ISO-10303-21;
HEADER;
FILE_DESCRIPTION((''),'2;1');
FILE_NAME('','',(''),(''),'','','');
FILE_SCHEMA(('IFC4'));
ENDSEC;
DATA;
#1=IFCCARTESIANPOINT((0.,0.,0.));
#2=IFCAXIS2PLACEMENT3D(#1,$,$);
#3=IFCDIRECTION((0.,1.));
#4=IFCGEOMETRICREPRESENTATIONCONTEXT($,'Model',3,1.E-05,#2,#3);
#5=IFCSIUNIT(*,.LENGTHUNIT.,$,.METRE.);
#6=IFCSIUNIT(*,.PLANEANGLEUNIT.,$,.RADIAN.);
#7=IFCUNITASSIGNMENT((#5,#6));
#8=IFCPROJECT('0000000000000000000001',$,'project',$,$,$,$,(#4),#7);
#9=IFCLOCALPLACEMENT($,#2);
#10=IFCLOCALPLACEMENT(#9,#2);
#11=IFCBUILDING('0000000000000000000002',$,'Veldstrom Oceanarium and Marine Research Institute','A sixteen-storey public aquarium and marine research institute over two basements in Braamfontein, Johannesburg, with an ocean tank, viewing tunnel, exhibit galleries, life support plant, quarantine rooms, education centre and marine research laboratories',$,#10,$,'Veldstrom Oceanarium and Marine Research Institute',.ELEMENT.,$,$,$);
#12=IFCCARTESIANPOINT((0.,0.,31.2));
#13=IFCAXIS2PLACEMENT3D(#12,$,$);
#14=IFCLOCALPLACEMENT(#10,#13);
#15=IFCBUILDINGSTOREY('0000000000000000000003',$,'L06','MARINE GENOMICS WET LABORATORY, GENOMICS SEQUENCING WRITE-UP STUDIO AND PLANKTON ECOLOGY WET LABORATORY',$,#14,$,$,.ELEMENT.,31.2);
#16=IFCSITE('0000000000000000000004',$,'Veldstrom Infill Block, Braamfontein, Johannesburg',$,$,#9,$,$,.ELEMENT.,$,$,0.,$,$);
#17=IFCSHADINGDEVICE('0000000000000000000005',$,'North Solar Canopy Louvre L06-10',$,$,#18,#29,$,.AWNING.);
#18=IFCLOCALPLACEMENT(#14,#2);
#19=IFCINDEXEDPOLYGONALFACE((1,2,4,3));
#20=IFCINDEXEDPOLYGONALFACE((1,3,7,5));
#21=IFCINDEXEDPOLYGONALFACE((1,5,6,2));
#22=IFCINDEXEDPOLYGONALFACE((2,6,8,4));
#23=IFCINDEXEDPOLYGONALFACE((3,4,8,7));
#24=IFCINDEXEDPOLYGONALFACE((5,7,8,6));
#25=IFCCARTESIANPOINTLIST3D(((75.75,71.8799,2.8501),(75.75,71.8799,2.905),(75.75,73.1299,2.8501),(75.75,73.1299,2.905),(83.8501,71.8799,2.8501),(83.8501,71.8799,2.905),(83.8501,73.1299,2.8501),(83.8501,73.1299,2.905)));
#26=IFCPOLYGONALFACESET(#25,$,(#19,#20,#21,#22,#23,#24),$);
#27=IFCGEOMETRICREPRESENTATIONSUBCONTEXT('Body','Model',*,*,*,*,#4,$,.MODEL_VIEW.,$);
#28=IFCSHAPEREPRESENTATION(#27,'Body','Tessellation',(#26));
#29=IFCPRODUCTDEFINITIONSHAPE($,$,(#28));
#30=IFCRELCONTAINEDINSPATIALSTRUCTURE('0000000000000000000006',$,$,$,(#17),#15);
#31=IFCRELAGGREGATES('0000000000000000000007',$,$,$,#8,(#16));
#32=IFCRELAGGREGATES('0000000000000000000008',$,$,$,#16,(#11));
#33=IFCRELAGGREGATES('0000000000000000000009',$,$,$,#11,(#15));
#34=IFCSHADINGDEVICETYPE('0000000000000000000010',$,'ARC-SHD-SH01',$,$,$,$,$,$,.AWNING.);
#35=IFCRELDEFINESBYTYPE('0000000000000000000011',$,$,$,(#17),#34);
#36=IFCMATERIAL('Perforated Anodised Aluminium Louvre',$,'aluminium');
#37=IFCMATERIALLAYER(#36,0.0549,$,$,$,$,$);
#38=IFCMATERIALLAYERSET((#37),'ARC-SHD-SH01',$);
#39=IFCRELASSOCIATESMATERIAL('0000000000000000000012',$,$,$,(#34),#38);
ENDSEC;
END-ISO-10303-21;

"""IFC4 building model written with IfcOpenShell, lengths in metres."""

from ifc_helpers import new_model, si_unit, direction, frame, origin, origin_2d, place, context, subcontext, project, spatial, rectangle, extrude, material, layer, layer_set, type_object, element, save


model = new_model("IFC4")

# Units and contexts
model_context = context("Model", 3, precision=1e-05, world=origin(), true_north=direction((0.0, 1.0)))
body_context = subcontext(model_context, "Body", "Model", "MODEL_VIEW")
ifc_project = project(units=[si_unit("LENGTHUNIT", "METRE"), si_unit("PLANEANGLEUNIT", "RADIAN")], contexts=[model_context])

# Site, building, storey
site_placement = place(None, origin())
site = spatial("IfcSite", under=ifc_project, at=site_placement, Name="Veldstrom Infill Block, Braamfontein, Johannesburg", CompositionType="ELEMENT", RefElevation=0.0)
building_placement = place(site_placement, origin())
building = spatial("IfcBuilding", under=site, at=building_placement, Name="Veldstrom Oceanarium and Marine Research Institute", Description="A sixteen-storey public aquarium and marine research institute over two basements in Braamfontein, Johannesburg, with an ocean tank, viewing tunnel, exhibit galleries, life support plant, quarantine rooms, education centre and marine research laboratories", LongName="Veldstrom Oceanarium and Marine Research Institute", CompositionType="ELEMENT")
storey_placement = place(building_placement, frame((0.0, 0.0, 31.2)))
storey = spatial("IfcBuildingStorey", under=building, at=storey_placement, Name="L06", Description="MARINE GENOMICS WET LABORATORY, GENOMICS SEQUENCING WRITE-UP STUDIO AND PLANKTON ECOLOGY WET LABORATORY", CompositionType="ELEMENT", Elevation=31.2)

# Shading device
ifc_material_1 = material(Name="Perforated Anodised Aluminium Louvre", Category="aluminium")
ifc_layer_1 = layer(ifc_material_1, 0.0549)
ifc_layer_set_1 = layer_set([ifc_layer_1], Name="ARC-SHD-SH01")
shading_device_type = type_object("IfcShadingDeviceType", Name="ARC-SHD-SH01", PredefinedType="AWNING", material=ifc_layer_set_1)
shading_device_placement = place(storey_placement, frame((79.8, 72.5049, 2.8501), z_axis=(0.0, 0.0, 1.0), x_axis=(1.0, 0.0, 0.0)))
element("IfcShadingDevice", 1, at=shading_device_placement, inside=storey, type_object=shading_device_type, Name="North Solar Canopy Louvre L06-10", PredefinedType="AWNING", context=body_context, shape_type="SweptSolid", body=[
    extrude(rectangle(XDim=8.1001, YDim=1.25, at=origin_2d()), origin(), (0.0, 0.0, 1.0), 0.0549),
])

save(model, "model.ifc")
